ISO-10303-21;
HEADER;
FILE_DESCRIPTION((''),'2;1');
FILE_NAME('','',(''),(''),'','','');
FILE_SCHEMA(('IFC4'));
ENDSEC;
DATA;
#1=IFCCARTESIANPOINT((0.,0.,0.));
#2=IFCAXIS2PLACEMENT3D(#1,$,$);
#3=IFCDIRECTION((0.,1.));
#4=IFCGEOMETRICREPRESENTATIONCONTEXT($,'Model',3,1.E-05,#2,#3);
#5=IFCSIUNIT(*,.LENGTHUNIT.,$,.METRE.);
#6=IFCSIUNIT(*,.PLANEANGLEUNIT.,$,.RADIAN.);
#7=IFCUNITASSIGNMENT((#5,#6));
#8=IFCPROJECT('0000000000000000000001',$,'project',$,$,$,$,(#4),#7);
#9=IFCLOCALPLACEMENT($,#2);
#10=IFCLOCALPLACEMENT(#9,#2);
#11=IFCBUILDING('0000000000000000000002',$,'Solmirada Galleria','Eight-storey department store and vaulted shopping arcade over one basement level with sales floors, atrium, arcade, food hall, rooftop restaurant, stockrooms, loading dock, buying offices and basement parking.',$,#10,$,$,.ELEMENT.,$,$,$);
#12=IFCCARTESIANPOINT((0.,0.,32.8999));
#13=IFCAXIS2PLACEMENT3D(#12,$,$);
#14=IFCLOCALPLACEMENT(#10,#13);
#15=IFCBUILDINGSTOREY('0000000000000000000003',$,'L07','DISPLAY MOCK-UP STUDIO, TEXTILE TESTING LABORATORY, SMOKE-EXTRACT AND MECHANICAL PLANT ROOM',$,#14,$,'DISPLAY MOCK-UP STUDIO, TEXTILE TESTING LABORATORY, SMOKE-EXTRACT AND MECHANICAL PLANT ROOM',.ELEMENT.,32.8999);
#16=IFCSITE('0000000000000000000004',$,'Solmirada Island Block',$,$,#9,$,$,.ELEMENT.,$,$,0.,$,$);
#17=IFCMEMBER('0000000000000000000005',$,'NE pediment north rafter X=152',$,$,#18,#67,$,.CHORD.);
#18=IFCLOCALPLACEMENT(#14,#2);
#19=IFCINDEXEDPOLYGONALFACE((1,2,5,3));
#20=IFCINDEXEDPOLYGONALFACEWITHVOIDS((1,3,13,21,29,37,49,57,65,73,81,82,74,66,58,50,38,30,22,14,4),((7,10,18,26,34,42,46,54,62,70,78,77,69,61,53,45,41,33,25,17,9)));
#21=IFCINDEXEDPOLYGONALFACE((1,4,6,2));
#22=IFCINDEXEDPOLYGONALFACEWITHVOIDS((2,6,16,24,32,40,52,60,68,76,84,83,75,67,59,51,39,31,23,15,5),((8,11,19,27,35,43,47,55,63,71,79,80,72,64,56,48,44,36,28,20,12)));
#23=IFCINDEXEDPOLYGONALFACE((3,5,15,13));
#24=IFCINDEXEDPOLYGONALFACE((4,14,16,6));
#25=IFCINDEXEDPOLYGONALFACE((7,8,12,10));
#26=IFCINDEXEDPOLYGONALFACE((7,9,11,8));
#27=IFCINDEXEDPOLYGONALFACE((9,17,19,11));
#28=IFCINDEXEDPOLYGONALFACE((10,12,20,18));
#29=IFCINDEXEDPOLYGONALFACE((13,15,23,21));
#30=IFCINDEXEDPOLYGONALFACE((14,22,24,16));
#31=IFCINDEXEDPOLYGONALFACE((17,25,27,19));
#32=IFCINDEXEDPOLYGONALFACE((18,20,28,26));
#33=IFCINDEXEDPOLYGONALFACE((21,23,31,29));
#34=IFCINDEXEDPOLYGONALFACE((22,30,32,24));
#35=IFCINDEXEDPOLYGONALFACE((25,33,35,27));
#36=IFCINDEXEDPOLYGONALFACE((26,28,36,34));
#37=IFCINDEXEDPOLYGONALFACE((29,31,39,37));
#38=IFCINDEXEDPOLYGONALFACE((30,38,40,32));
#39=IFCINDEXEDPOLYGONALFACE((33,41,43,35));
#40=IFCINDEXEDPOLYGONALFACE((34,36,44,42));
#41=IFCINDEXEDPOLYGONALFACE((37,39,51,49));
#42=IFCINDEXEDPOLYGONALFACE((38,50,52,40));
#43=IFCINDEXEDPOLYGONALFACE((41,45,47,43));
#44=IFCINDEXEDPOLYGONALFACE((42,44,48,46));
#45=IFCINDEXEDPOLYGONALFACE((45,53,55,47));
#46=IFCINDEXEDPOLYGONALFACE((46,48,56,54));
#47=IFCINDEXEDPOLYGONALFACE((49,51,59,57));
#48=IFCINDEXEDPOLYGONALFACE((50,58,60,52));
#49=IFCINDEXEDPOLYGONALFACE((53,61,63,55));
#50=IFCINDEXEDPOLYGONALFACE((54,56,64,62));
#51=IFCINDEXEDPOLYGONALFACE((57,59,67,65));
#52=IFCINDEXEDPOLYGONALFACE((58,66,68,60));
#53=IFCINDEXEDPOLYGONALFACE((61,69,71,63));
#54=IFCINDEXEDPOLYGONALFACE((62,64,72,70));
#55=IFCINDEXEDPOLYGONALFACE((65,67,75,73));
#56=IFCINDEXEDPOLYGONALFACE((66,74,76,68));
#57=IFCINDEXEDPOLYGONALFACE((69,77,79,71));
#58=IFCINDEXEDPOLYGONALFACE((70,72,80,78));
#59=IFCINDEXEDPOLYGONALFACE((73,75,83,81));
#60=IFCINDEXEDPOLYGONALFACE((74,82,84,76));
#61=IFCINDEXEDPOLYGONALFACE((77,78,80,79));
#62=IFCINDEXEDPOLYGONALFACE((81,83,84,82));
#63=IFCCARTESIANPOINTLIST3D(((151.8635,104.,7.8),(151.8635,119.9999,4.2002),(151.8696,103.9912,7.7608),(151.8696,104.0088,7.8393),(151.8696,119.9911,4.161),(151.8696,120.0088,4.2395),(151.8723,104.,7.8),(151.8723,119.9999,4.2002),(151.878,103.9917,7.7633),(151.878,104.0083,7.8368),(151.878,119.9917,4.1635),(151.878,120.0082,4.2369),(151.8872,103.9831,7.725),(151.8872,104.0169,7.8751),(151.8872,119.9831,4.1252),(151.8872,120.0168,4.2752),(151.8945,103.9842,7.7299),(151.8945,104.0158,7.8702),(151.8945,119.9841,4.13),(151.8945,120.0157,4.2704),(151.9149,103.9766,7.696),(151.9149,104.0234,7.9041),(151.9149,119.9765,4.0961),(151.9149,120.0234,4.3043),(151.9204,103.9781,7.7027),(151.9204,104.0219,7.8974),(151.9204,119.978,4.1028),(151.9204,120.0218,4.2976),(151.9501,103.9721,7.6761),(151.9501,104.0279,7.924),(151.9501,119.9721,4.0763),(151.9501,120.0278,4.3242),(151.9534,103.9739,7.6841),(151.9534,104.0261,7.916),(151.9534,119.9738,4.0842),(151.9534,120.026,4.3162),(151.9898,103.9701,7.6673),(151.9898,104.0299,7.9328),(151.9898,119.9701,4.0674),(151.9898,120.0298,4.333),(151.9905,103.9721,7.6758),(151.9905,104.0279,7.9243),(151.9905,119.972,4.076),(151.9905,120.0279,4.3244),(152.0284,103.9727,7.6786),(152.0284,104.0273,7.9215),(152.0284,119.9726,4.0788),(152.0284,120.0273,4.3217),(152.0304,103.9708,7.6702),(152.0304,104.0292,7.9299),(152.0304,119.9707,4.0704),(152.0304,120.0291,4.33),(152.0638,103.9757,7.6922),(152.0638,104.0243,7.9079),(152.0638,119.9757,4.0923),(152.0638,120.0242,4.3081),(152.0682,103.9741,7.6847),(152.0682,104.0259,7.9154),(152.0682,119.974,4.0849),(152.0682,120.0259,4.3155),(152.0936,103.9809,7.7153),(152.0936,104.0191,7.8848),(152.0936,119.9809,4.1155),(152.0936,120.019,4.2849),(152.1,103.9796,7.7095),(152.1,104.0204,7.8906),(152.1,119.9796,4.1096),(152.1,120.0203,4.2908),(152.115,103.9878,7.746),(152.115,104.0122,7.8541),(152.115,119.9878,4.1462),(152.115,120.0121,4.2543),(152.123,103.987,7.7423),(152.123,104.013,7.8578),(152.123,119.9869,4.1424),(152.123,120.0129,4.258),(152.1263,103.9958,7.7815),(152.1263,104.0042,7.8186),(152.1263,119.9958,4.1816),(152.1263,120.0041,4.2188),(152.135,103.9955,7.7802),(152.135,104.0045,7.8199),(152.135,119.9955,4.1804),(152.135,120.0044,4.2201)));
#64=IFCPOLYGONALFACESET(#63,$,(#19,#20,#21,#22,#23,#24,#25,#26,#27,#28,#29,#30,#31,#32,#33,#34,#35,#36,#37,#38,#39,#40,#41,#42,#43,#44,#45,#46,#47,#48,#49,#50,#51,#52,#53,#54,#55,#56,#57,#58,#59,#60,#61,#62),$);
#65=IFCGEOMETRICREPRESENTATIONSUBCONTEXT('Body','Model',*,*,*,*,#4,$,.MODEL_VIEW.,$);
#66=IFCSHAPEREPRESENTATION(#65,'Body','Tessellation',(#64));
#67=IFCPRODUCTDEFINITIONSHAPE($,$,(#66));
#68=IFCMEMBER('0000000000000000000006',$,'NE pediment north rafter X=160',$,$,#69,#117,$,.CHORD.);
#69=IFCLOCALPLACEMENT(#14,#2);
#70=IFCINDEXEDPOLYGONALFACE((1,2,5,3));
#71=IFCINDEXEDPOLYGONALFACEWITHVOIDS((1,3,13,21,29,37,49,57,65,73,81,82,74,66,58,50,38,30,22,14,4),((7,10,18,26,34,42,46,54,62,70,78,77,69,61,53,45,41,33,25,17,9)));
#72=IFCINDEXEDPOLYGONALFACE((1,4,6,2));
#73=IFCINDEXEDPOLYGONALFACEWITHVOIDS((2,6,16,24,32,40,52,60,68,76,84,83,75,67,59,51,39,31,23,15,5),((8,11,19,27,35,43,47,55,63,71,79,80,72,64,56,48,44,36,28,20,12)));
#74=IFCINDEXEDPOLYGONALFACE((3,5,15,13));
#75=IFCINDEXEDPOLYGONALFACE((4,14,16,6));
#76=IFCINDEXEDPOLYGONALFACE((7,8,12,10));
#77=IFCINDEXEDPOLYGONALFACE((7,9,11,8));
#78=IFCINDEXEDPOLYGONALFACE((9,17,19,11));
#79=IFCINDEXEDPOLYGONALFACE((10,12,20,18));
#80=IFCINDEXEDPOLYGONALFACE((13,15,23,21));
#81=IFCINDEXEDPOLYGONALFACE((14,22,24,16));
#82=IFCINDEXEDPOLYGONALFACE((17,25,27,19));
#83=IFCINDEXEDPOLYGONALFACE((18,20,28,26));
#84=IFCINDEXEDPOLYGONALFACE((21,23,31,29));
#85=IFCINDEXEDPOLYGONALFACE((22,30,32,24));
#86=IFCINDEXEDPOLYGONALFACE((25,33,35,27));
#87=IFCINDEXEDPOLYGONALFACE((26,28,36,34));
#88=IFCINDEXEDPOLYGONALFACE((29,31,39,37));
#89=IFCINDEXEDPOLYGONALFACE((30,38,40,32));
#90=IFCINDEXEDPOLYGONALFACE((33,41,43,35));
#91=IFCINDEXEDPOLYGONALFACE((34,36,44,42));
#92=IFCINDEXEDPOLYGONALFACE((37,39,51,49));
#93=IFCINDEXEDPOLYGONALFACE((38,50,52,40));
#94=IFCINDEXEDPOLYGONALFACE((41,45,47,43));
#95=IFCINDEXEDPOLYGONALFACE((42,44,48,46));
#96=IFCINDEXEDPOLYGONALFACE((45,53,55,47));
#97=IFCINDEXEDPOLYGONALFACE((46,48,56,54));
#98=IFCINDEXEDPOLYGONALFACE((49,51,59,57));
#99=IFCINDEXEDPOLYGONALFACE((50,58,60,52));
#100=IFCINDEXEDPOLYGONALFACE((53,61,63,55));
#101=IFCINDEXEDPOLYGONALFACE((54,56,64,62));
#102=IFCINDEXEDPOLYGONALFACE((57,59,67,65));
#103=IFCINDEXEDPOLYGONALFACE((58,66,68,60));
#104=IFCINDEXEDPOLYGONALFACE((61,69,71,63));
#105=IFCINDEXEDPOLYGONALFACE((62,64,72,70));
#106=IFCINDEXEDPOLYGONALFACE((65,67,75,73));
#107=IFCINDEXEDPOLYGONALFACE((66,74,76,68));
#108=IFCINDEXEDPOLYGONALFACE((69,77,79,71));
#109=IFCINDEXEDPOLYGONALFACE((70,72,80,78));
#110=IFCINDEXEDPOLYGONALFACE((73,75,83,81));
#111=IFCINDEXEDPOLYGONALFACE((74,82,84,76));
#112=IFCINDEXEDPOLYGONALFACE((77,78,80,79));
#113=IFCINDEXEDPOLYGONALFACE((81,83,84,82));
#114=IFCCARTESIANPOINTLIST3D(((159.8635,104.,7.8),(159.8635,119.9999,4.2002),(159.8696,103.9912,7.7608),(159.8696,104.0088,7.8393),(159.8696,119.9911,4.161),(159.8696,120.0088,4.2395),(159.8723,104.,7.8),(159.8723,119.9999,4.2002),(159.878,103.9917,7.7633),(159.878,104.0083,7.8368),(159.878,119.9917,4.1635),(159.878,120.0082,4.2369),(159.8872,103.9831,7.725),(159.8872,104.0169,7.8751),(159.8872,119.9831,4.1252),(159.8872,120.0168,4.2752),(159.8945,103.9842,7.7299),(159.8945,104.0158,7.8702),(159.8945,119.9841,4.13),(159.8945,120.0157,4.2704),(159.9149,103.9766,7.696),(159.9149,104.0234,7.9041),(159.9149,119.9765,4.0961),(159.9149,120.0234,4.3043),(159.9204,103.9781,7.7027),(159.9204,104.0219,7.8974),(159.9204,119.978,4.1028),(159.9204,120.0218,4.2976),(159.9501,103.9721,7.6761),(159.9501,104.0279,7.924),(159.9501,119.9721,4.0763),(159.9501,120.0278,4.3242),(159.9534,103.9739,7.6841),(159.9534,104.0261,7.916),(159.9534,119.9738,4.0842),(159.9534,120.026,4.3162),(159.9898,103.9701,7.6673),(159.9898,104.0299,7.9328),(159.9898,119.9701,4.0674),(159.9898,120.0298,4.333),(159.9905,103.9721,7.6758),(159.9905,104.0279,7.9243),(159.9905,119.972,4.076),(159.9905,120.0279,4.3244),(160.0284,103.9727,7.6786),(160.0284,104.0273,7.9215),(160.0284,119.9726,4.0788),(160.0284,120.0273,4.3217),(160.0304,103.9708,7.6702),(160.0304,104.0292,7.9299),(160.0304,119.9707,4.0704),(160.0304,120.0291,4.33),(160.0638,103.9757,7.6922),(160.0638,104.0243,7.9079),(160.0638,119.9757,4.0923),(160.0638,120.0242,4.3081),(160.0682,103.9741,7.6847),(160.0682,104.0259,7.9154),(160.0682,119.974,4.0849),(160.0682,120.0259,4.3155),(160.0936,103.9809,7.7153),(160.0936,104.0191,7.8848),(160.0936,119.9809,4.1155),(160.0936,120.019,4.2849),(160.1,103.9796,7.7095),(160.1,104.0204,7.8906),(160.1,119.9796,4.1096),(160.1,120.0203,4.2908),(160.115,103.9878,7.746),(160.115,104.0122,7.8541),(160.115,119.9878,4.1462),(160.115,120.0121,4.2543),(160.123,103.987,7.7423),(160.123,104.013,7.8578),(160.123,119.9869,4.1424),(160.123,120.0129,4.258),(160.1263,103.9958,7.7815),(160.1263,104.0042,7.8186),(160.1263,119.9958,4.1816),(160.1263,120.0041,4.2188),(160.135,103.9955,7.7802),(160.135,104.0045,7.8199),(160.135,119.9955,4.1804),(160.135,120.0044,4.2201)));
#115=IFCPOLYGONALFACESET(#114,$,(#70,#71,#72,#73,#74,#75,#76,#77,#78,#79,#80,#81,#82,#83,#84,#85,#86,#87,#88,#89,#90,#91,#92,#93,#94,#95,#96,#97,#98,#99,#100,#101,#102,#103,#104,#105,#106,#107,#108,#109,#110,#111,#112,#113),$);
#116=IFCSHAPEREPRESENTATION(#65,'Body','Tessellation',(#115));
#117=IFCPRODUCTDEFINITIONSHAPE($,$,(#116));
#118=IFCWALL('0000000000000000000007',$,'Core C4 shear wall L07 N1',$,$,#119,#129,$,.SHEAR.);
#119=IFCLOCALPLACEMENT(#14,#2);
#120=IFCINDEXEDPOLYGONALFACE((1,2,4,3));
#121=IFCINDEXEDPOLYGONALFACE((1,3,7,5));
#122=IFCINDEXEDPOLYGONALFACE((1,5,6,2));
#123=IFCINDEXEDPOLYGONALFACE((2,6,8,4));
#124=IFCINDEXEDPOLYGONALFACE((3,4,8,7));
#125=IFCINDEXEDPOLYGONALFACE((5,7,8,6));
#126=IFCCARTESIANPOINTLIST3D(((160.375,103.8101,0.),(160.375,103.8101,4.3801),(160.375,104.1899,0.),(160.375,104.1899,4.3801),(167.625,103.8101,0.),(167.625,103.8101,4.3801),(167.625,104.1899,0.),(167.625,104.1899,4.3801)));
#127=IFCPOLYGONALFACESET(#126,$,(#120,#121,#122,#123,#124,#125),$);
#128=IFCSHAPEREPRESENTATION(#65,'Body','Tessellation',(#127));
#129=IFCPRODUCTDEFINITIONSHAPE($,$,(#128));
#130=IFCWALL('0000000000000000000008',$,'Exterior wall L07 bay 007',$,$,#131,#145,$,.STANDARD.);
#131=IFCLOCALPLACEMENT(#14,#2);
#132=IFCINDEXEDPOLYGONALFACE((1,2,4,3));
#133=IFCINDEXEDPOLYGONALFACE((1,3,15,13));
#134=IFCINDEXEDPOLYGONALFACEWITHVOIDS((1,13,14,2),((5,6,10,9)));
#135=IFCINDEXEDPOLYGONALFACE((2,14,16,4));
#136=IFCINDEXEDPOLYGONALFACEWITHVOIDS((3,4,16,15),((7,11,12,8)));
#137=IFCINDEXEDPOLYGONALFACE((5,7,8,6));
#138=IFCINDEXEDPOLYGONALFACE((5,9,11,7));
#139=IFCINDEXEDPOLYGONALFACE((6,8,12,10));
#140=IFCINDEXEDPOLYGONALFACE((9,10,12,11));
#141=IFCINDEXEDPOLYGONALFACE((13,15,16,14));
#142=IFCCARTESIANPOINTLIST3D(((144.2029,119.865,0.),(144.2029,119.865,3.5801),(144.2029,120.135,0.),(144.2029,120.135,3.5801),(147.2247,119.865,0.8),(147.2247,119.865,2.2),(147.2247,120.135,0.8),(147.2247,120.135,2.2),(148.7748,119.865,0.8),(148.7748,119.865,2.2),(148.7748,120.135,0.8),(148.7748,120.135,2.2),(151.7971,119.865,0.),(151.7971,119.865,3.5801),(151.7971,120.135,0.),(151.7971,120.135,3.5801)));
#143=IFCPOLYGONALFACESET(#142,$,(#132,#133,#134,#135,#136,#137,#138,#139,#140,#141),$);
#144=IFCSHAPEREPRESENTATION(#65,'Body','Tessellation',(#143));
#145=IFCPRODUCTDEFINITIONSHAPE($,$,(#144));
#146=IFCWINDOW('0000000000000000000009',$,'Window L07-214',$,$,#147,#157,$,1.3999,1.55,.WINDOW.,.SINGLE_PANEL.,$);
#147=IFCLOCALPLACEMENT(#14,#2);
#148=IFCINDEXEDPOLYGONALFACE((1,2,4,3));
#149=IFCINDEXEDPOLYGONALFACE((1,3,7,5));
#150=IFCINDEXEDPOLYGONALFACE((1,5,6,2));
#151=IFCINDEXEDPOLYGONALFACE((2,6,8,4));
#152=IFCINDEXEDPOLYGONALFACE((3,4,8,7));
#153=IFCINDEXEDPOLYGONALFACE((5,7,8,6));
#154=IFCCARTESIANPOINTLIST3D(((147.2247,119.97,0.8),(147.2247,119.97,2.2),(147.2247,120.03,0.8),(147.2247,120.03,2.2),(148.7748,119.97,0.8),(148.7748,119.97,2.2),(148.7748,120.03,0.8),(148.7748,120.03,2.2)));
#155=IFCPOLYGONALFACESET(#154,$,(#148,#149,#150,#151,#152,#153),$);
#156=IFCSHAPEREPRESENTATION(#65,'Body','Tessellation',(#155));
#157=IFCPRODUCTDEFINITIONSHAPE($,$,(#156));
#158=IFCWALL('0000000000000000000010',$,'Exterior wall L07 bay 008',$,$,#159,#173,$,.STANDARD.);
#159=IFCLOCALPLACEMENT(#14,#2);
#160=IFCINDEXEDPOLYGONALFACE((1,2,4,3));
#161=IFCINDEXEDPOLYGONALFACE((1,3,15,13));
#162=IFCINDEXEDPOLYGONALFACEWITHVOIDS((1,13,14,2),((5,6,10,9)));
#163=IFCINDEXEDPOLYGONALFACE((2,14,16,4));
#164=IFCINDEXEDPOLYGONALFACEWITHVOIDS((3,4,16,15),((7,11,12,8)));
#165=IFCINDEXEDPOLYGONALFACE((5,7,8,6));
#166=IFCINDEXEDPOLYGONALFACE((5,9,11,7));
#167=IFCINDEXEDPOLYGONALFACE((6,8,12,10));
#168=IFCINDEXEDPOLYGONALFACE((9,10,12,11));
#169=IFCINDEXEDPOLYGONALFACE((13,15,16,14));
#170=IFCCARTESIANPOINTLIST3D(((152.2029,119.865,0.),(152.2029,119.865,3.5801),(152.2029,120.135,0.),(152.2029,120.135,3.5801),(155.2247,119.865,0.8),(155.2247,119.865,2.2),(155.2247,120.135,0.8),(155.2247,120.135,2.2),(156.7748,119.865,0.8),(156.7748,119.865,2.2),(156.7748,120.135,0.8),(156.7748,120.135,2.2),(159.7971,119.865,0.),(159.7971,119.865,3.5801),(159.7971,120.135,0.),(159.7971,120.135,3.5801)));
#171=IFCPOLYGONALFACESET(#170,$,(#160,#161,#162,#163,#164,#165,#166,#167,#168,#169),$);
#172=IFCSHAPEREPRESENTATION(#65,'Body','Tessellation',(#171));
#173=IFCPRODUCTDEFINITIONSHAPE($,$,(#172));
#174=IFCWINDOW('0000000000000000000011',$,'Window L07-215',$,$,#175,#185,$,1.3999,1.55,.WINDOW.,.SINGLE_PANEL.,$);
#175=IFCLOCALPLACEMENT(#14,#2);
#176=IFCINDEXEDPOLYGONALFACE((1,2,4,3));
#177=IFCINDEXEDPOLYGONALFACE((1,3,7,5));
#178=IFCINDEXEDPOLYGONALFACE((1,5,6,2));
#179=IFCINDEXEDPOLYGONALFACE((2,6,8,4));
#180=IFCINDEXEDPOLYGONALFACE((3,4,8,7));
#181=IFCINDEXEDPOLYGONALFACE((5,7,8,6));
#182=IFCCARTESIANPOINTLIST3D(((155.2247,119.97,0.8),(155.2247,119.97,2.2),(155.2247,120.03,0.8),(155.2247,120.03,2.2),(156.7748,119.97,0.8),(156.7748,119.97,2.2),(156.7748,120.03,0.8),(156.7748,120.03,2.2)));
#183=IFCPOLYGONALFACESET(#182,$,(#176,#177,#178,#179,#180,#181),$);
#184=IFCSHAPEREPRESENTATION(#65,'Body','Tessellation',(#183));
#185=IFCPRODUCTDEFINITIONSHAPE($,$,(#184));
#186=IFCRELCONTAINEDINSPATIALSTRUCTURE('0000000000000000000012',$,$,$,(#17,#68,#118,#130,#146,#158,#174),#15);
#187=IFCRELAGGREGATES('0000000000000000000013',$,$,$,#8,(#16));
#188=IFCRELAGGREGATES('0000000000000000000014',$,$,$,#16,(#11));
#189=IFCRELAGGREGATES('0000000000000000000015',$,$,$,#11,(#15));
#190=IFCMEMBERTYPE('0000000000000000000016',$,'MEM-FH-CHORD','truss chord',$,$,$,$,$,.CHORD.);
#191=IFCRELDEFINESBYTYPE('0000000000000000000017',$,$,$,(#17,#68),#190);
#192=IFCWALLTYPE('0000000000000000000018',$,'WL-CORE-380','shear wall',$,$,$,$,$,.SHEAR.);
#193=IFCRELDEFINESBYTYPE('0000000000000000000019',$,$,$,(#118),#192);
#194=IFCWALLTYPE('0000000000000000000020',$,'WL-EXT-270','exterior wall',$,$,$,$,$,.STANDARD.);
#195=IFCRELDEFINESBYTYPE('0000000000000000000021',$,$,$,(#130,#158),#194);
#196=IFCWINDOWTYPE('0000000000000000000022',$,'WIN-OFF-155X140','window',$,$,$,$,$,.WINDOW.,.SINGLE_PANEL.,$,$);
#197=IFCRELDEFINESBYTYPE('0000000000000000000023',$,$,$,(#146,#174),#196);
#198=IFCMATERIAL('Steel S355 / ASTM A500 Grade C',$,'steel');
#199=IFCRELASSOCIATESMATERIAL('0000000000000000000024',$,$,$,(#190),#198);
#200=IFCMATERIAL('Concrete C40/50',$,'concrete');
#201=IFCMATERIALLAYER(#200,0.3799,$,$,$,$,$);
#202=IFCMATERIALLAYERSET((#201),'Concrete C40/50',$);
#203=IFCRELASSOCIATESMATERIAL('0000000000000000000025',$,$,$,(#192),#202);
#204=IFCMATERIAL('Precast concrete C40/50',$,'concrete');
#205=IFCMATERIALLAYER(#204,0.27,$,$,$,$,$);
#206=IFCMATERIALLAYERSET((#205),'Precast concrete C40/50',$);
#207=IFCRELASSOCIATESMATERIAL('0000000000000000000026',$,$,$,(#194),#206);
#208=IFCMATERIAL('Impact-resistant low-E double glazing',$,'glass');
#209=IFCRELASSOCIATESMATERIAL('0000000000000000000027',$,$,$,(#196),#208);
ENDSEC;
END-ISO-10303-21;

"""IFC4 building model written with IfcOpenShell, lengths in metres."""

from ifc_helpers import new_model, si_unit, direction, frame, frame_2d, origin, origin_2d, place, context, subcontext, project, spatial, rectangle, hollow_circle, extrude, material, layer, layer_set, material_profile, profile_set, type_object, element, fill, save


model = new_model("IFC4")

# Units and contexts
model_context = context("Model", 3, precision=1e-05, world=origin(), true_north=direction((0.0, 1.0)))
body_context = subcontext(model_context, "Body", "Model", "MODEL_VIEW")
ifc_project = project(units=[si_unit("LENGTHUNIT", "METRE"), si_unit("PLANEANGLEUNIT", "RADIAN")], contexts=[model_context])

# Site, building, storey
site_placement = place(None, origin())
site = spatial("IfcSite", under=ifc_project, at=site_placement, Name="Solmirada Island Block", CompositionType="ELEMENT", RefElevation=0.0)
building_placement = place(site_placement, origin())
building = spatial("IfcBuilding", under=site, at=building_placement, Name="Solmirada Galleria", Description="Eight-storey department store and vaulted shopping arcade over one basement level with sales floors, atrium, arcade, food hall, rooftop restaurant, stockrooms, loading dock, buying offices and basement parking.", CompositionType="ELEMENT")
storey_placement = place(building_placement, frame((0.0, 0.0, 32.8999)))
storey = spatial("IfcBuildingStorey", under=building, at=storey_placement, Name="L07", Description="DISPLAY MOCK-UP STUDIO, TEXTILE TESTING LABORATORY, SMOKE-EXTRACT AND MECHANICAL PLANT ROOM", LongName="DISPLAY MOCK-UP STUDIO, TEXTILE TESTING LABORATORY, SMOKE-EXTRACT AND MECHANICAL PLANT ROOM", CompositionType="ELEMENT", Elevation=32.8999)

# Shared definitions
ifc_material_1 = material(Name="Steel S355 / ASTM A500 Grade C", Category="steel")
ifc_material_2 = material(Name="Concrete C40/50", Category="concrete")

# Members
ifc_material_profile_1 = material_profile(ifc_material_1, hollow_circle(Radius=0.1365, WallThickness=0.0088, at=origin_2d()), Name="HSS10.750X0.375")
ifc_profile_set_1 = profile_set([ifc_material_profile_1], Name="Steel S355 / ASTM A500 Grade C")
member_type_1 = type_object("IfcMemberType", Name="MEM-FH-CHORD", Description="truss chord", PredefinedType="CHORD", material=ifc_profile_set_1)
for number, where, z_axis, x_axis, name in (
    (1, (152.0, 104.0, 7.8), (0.0, 0.975612, -0.219504), (-1.0, 0.0, 0.0), "NE pediment north rafter X=152"),
    (2, (160.0, 104.0, 7.8), (0.0, 0.975612, -0.219504), (-1.0, 0.0, 0.0), "NE pediment north rafter X=160"),
):
    element("IfcMember", number, at=place(storey_placement, frame(where, z_axis=z_axis, x_axis=x_axis)), inside=storey, type_object=member_type_1, Name=name, PredefinedType="CHORD", context=body_context, shape_type="SweptSolid", body=[
        extrude(hollow_circle(Radius=0.1365, WallThickness=0.0088, at=origin_2d()), origin(), (0.0, 0.0, 1.0), 16.3999),
    ])

# Wall
ifc_layer_1 = layer(ifc_material_2, 0.3799)
ifc_layer_set_1 = layer_set([ifc_layer_1], Name="Concrete C40/50")
wall_type_1 = type_object("IfcWallType", Name="WL-CORE-380", Description="shear wall", PredefinedType="SHEAR", material=ifc_layer_set_1)
wall_1_placement = place(storey_placement, frame((160.375, 104.0, 0.0), z_axis=(0.0, 0.0, 1.0), x_axis=(1.0, 0.0, 0.0)))
element("IfcWall", 3, at=wall_1_placement, inside=storey, type_object=wall_type_1, Name="Core C4 shear wall L07 N1", PredefinedType="SHEAR", context=body_context, shape_type="SweptSolid", body=[
    extrude(rectangle(XDim=7.25, YDim=0.3799, at=frame_2d((3.625, 0.0))), origin(), (0.0, 0.0, 1.0), 4.3801),
])

# Walls, openings, windows
ifc_material_3 = material(Name="Precast concrete C40/50", Category="concrete")
ifc_layer_2 = layer(ifc_material_3, 0.27)
ifc_layer_set_2 = layer_set([ifc_layer_2], Name="Precast concrete C40/50")
wall_type_2 = type_object("IfcWallType", Name="WL-EXT-270", Description="exterior wall", PredefinedType="STANDARD", material=ifc_layer_set_2)
wall_2_placement = place(storey_placement, frame((144.2029, 120.0, 0.0), z_axis=(0.0, 0.0, 1.0), x_axis=(1.0, 0.0, 0.0)))
wall_2 = element("IfcWall", 4, at=wall_2_placement, inside=storey, type_object=wall_type_2, Name="Exterior wall L07 bay 007", PredefinedType="STANDARD", context=body_context, shape_type="SweptSolid", body=[
    extrude(rectangle(XDim=7.5942, YDim=0.27, at=frame_2d((3.7971, 0.0))), origin(), (0.0, 0.0, 1.0), 3.5801),
])
opening_1_placement = place(wall_2_placement, frame((3.022, 0.0, 0.8)))
opening_1 = element("IfcOpeningElement", 5, at=opening_1_placement, cuts=wall_2, PredefinedType="OPENING", context=body_context, shape_type="SweptSolid", body=[
    extrude(rectangle(XDim=1.55, YDim=1.3999, at=frame_2d((0.7749, 0.7))), frame((0.0, 0.145, 0.0), z_axis=(0.0, -1.0, 0.0), x_axis=(1.0, 0.0, 0.0)), (0.0, 0.0, 1.0), 0.29),
])
ifc_material_4 = material(Name="Impact-resistant low-E double glazing", Category="glass")
window_type = type_object("IfcWindowType", Name="WIN-OFF-155X140", Description="window", PartitioningType="SINGLE_PANEL", PredefinedType="WINDOW", material=ifc_material_4)
window_1_placement = place(opening_1_placement, origin())
window_1 = element("IfcWindow", 6, at=window_1_placement, inside=storey, type_object=window_type, Name="Window L07-214", OverallHeight=1.3999, OverallWidth=1.55, PartitioningType="SINGLE_PANEL", PredefinedType="WINDOW", context=body_context, shape_type="SweptSolid", body=[
    extrude(rectangle(XDim=1.55, YDim=1.3999, at=frame_2d((0.7749, 0.7))), frame((0.0, 0.03, 0.0), z_axis=(0.0, -1.0, 0.0), x_axis=(1.0, 0.0, 0.0)), (0.0, 0.0, 1.0), 0.0601),
])
fill(opening_1, window_1)
wall_3_placement = place(storey_placement, frame((152.2029, 120.0, 0.0), z_axis=(0.0, 0.0, 1.0), x_axis=(1.0, 0.0, 0.0)))
wall_3 = element("IfcWall", 7, at=wall_3_placement, inside=storey, type_object=wall_type_2, Name="Exterior wall L07 bay 008", PredefinedType="STANDARD", context=body_context, shape_type="SweptSolid", body=[
    extrude(rectangle(XDim=7.5942, YDim=0.27, at=frame_2d((3.7971, 0.0))), origin(), (0.0, 0.0, 1.0), 3.5801),
])
opening_2_placement = place(wall_3_placement, frame((3.022, 0.0, 0.8)))
opening_2 = element("IfcOpeningElement", 8, at=opening_2_placement, cuts=wall_3, PredefinedType="OPENING", context=body_context, shape_type="SweptSolid", body=[
    extrude(rectangle(XDim=1.55, YDim=1.3999, at=frame_2d((0.7749, 0.7))), frame((0.0, 0.145, 0.0), z_axis=(0.0, -1.0, 0.0), x_axis=(1.0, 0.0, 0.0)), (0.0, 0.0, 1.0), 0.29),
])
window_2_placement = place(opening_2_placement, origin())
window_2 = element("IfcWindow", 9, at=window_2_placement, inside=storey, type_object=window_type, Name="Window L07-215", OverallHeight=1.3999, OverallWidth=1.55, PartitioningType="SINGLE_PANEL", PredefinedType="WINDOW", context=body_context, shape_type="SweptSolid", body=[
    extrude(rectangle(XDim=1.55, YDim=1.3999, at=frame_2d((0.7749, 0.7))), frame((0.0, 0.03, 0.0), z_axis=(0.0, -1.0, 0.0), x_axis=(1.0, 0.0, 0.0)), (0.0, 0.0, 1.0), 0.0601),
])
fill(opening_2, window_2)

save(model, "model.ifc")
